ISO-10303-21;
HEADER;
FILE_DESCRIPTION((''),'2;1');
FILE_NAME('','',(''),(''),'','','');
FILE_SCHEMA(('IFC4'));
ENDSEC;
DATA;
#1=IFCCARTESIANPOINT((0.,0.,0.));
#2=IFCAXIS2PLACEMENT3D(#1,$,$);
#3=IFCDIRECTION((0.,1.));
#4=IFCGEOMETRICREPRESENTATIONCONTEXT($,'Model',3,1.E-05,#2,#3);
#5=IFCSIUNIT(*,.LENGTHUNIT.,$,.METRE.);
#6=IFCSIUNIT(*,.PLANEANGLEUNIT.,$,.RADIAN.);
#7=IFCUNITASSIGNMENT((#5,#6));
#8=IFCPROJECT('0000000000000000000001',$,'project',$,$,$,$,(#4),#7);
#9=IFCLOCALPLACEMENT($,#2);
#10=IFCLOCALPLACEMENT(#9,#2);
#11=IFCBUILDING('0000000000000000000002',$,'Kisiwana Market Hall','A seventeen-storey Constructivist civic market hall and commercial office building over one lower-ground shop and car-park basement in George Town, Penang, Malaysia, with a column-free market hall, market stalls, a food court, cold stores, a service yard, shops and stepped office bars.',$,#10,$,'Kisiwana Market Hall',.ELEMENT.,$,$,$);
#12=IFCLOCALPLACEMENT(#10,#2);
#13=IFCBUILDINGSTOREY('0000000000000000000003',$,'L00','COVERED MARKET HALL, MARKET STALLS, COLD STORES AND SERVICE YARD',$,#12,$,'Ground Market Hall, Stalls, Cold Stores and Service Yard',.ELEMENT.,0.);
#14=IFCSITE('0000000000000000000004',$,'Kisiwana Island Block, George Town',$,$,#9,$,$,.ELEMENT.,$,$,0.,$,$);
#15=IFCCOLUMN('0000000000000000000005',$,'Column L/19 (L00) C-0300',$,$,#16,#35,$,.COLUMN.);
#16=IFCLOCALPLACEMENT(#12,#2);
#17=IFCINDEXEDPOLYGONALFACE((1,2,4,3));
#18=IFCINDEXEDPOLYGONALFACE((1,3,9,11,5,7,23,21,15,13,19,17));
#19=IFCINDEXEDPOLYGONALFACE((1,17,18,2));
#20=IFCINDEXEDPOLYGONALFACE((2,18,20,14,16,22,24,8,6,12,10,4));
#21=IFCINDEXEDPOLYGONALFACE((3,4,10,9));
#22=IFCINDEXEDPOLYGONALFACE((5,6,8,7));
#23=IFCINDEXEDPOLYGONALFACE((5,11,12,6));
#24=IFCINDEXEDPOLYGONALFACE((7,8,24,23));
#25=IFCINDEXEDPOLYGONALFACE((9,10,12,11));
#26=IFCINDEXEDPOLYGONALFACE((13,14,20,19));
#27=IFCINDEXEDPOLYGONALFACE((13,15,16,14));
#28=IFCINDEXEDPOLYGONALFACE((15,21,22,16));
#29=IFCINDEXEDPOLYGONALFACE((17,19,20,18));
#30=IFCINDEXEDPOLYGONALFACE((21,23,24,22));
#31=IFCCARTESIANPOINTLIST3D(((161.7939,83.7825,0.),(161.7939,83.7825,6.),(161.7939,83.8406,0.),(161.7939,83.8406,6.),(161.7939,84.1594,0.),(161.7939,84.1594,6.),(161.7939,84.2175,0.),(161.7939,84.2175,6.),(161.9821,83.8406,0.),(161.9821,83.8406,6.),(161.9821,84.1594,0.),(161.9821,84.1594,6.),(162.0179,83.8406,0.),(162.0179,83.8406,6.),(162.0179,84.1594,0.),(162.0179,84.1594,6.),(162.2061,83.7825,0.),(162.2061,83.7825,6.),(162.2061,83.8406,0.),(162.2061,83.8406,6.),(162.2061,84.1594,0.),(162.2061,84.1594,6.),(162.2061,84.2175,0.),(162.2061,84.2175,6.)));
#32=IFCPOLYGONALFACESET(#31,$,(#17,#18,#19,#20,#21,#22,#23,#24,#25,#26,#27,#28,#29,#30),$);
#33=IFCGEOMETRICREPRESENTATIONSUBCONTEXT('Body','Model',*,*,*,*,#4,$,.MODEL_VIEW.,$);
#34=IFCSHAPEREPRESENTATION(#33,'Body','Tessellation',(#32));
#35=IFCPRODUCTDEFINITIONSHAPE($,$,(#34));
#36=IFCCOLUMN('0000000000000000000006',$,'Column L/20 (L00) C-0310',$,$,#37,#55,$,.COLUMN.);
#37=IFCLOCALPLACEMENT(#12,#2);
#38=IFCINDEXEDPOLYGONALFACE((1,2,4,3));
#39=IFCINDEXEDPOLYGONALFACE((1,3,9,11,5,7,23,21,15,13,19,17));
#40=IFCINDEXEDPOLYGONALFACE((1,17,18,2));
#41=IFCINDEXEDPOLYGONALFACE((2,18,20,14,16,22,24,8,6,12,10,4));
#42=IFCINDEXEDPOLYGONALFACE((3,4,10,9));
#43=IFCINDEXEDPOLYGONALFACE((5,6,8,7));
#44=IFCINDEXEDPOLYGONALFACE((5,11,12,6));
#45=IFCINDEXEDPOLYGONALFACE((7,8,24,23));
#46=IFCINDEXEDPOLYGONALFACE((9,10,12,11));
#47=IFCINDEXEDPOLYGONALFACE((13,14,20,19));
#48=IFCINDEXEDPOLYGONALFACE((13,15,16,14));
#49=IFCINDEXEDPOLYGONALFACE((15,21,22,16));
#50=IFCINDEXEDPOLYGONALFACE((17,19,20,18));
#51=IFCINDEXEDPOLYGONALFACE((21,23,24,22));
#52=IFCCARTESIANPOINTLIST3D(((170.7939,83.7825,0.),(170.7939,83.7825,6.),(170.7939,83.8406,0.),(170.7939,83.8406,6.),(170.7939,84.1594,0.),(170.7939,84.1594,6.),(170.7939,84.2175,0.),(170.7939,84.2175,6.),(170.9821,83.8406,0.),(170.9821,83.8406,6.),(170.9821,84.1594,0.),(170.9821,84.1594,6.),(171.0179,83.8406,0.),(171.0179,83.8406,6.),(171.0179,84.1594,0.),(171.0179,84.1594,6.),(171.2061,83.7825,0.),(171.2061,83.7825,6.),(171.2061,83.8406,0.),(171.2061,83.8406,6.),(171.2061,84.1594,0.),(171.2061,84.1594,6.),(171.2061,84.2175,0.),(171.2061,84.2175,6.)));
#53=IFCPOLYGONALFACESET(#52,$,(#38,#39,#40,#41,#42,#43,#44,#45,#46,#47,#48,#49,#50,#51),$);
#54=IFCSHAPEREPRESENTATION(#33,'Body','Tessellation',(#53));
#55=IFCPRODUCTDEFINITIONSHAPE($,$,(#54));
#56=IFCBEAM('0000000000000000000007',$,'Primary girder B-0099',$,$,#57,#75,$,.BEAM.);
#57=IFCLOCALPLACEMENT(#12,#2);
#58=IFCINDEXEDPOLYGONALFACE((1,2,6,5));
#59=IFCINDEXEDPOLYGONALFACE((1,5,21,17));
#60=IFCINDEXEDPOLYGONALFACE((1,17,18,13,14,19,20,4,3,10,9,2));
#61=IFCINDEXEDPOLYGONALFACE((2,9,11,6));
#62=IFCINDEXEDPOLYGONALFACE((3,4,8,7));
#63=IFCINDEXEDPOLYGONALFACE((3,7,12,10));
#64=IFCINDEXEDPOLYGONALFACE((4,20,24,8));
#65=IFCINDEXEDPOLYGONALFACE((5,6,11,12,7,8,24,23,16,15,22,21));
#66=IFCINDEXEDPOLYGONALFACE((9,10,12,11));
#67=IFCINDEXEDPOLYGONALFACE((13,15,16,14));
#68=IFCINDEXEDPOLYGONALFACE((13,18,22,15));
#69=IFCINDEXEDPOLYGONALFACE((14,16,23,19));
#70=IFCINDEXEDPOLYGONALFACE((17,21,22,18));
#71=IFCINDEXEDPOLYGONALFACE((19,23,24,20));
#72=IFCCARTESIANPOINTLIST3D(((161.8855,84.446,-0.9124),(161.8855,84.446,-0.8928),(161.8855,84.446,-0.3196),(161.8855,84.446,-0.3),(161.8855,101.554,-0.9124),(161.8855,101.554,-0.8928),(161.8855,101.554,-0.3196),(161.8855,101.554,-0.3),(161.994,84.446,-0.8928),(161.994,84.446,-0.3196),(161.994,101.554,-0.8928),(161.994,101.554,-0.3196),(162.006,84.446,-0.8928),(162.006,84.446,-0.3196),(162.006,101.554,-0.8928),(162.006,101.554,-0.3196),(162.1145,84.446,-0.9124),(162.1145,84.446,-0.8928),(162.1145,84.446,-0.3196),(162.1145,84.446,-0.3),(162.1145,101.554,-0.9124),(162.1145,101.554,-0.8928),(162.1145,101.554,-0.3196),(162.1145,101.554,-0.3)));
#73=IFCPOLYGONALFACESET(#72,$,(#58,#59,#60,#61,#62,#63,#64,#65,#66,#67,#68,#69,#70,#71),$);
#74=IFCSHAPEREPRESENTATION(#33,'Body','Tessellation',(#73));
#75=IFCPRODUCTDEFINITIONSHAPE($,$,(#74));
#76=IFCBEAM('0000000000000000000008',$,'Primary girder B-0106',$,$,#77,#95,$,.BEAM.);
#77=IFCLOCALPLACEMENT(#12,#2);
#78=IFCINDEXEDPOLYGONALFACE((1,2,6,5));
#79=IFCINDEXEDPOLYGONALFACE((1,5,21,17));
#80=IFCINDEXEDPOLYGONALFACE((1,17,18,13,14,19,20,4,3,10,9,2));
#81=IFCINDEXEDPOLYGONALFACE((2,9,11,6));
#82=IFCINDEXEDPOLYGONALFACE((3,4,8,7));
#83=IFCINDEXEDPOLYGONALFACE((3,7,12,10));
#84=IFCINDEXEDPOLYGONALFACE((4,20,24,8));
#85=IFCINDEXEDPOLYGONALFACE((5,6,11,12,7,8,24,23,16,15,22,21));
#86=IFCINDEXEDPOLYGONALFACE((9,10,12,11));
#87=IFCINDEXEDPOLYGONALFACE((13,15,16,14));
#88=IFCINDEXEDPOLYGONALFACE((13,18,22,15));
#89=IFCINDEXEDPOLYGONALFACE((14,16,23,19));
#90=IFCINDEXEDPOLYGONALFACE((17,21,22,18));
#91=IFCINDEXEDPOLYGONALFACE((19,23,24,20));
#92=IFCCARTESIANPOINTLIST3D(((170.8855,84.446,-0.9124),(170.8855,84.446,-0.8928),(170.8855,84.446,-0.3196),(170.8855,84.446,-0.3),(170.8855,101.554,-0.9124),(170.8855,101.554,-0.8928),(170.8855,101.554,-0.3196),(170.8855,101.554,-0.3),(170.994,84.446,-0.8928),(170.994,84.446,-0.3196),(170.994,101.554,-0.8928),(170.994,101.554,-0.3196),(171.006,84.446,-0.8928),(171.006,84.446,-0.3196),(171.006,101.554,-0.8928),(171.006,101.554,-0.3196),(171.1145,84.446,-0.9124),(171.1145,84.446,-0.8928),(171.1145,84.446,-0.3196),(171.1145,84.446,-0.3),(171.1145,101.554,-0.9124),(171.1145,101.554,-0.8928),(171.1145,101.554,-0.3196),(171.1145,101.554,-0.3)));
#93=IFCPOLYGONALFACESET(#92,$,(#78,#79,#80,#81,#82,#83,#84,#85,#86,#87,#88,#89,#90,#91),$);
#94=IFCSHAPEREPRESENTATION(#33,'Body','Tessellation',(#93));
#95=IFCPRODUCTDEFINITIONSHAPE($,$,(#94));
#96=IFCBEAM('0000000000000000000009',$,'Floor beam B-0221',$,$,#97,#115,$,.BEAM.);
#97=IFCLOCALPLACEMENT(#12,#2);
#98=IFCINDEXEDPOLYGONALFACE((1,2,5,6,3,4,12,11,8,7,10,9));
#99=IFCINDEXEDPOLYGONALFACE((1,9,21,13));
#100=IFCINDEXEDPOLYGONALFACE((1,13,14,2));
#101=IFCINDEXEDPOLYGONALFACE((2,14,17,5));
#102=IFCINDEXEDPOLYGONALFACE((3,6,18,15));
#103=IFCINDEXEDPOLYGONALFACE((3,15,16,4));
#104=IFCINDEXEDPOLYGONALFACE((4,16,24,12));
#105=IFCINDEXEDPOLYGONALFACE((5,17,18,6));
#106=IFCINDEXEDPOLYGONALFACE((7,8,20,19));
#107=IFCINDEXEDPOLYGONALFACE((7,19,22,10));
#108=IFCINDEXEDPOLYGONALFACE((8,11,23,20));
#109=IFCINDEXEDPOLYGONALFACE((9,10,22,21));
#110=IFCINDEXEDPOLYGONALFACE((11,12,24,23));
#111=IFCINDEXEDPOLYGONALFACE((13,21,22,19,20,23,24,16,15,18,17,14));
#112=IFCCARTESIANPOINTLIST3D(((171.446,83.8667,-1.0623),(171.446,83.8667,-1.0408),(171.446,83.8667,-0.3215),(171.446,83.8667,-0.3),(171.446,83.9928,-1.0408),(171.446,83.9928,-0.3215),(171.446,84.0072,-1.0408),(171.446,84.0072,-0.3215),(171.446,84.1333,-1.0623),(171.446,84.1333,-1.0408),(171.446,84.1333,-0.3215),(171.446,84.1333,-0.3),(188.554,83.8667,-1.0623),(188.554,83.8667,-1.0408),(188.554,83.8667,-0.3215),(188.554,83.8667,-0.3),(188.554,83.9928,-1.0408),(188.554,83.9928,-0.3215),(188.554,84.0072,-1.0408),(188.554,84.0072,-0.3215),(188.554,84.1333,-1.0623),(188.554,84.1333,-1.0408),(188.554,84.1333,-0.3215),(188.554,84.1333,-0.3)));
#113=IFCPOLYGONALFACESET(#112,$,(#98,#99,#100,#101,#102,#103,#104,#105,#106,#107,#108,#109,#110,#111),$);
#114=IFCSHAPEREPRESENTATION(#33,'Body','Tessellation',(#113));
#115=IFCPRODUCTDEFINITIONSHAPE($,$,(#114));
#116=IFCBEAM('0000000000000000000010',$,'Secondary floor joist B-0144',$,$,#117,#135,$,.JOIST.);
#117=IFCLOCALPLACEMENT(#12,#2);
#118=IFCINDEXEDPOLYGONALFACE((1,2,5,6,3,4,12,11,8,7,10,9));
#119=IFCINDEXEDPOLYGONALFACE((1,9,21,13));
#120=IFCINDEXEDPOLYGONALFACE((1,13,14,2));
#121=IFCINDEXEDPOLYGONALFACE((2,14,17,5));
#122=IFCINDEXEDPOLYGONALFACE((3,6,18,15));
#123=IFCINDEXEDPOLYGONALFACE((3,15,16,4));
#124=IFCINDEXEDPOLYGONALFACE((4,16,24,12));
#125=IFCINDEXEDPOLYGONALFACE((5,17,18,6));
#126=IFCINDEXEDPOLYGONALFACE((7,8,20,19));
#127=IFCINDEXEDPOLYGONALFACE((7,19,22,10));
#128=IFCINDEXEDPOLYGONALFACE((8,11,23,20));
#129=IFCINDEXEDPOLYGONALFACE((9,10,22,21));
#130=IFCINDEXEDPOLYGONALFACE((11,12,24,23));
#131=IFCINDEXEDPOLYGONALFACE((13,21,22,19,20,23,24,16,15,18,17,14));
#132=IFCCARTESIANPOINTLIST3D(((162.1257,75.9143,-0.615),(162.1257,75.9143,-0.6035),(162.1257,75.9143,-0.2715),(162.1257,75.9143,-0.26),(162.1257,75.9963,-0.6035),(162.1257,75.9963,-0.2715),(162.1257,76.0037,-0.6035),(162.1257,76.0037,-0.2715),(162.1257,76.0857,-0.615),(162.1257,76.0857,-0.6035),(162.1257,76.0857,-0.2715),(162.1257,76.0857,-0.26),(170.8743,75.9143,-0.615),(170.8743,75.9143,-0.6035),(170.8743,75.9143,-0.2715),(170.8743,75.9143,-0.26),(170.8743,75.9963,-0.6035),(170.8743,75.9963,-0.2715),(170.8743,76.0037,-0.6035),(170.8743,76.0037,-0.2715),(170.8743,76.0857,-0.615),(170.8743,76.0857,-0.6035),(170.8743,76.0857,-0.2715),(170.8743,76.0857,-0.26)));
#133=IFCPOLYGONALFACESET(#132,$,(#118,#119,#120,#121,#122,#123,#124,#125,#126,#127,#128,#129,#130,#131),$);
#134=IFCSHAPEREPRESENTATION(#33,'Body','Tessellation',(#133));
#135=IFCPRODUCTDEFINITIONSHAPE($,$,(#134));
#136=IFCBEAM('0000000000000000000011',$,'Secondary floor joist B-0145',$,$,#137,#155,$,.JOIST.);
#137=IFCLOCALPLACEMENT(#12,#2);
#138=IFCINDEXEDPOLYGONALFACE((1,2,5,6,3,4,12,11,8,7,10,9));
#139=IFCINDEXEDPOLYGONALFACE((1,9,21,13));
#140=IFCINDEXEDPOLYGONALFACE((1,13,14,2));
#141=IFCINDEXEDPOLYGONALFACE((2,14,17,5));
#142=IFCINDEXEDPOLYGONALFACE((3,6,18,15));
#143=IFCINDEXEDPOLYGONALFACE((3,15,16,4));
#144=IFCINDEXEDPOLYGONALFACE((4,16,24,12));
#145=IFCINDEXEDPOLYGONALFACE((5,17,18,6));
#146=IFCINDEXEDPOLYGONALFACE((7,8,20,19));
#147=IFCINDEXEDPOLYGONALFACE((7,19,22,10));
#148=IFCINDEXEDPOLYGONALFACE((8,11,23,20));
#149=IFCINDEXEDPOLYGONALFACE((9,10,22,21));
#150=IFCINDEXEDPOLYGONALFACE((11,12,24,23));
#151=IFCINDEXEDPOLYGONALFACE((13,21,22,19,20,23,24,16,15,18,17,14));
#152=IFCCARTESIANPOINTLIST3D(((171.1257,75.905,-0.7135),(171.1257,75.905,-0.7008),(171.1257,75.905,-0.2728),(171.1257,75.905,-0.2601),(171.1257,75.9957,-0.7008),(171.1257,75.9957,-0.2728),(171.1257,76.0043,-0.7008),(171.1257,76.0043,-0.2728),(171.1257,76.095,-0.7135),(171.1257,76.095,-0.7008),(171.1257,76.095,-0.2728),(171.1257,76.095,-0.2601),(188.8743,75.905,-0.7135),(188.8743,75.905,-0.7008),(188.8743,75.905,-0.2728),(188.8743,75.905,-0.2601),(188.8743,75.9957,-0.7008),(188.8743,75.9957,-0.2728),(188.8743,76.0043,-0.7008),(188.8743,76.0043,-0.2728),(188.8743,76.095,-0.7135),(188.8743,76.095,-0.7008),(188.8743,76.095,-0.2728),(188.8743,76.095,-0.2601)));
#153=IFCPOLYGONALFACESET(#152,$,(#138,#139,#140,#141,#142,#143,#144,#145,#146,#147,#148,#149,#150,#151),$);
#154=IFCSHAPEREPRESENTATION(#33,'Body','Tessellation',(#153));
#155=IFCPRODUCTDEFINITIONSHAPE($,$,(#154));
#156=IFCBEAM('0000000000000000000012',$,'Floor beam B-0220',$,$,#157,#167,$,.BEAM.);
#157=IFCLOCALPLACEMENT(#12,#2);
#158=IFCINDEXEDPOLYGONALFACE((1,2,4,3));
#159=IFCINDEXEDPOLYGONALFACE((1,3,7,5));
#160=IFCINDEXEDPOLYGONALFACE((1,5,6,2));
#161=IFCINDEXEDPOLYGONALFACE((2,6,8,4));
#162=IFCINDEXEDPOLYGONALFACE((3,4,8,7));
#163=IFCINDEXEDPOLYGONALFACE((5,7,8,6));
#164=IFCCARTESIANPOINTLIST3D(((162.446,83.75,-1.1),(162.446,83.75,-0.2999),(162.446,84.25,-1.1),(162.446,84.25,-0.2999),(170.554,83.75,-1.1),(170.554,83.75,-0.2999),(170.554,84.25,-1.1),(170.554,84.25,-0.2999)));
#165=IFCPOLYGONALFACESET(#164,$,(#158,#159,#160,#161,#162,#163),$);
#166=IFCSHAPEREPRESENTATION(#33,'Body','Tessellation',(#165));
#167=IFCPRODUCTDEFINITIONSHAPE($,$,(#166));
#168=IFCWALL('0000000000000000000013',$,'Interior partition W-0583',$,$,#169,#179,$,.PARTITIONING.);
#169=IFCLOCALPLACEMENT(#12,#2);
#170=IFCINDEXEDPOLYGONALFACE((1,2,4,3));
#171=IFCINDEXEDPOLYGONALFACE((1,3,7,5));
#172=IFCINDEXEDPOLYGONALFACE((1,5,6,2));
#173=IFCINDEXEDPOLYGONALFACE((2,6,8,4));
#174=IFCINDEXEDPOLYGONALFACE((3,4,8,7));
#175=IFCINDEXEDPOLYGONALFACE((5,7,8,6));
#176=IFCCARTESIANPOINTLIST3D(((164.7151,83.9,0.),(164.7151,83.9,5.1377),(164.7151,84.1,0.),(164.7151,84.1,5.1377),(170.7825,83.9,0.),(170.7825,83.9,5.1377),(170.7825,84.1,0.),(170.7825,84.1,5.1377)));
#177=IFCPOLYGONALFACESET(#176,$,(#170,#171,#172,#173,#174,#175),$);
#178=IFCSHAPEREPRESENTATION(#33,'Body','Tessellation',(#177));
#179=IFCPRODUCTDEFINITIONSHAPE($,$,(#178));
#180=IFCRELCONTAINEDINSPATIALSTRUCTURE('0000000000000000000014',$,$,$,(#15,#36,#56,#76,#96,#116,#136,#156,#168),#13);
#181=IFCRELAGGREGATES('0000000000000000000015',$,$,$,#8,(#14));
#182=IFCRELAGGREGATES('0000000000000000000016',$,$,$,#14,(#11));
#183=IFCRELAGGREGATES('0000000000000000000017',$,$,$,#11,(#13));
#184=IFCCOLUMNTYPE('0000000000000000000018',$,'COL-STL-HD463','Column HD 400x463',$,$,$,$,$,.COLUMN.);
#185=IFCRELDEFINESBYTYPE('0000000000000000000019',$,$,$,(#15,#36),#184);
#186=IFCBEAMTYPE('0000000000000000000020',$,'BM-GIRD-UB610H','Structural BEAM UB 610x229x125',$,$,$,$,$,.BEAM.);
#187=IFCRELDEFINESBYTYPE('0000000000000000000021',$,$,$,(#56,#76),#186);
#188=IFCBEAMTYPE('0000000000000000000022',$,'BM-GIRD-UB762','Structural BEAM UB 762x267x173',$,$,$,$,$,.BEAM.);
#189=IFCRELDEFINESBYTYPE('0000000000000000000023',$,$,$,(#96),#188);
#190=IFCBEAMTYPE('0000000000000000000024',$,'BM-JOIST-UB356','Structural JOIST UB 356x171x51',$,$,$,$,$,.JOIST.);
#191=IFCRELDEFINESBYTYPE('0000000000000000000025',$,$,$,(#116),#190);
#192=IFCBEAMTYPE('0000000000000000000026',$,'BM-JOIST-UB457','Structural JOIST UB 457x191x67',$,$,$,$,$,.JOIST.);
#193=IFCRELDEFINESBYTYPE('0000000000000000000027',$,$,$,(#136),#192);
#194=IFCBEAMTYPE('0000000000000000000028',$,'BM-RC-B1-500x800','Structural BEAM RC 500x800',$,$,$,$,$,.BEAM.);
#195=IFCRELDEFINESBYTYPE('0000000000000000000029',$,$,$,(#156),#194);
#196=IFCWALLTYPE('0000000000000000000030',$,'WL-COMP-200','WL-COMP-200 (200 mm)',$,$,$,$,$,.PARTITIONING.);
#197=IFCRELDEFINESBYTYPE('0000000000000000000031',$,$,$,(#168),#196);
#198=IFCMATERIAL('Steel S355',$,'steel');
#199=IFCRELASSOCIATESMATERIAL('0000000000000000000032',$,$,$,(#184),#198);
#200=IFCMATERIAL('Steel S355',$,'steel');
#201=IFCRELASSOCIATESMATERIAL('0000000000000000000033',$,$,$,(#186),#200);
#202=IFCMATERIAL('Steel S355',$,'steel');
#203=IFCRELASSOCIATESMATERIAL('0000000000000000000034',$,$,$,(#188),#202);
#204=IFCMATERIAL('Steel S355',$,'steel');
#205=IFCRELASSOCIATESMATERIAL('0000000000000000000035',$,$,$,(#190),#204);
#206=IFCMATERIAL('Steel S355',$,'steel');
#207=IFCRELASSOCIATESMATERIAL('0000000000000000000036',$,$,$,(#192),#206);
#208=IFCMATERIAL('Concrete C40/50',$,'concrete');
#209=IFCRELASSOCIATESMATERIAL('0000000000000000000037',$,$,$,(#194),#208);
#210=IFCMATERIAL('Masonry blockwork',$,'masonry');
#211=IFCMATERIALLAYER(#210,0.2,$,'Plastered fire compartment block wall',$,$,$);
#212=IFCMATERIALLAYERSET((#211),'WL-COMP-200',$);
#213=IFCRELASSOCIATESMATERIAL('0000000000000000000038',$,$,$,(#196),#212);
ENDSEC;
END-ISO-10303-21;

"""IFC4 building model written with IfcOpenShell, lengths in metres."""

from ifc_helpers import new_model, si_unit, direction, frame, frame_2d, origin, origin_2d, place, context, subcontext, project, spatial, rectangle, i_section, extrude, material, layer, layer_set, material_profile, profile_set, type_object, element, save


model = new_model("IFC4")

# Units and contexts
model_context = context("Model", 3, precision=1e-05, world=origin(), true_north=direction((0.0, 1.0)))
body_context = subcontext(model_context, "Body", "Model", "MODEL_VIEW")
ifc_project = project(units=[si_unit("LENGTHUNIT", "METRE"), si_unit("PLANEANGLEUNIT", "RADIAN")], contexts=[model_context])

# Site, building, storey
site_placement = place(None, origin())
site = spatial("IfcSite", under=ifc_project, at=site_placement, Name="Kisiwana Island Block, George Town", CompositionType="ELEMENT", RefElevation=0.0)
building_placement = place(site_placement, origin())
building = spatial("IfcBuilding", under=site, at=building_placement, Name="Kisiwana Market Hall", Description="A seventeen-storey Constructivist civic market hall and commercial office building over one lower-ground shop and car-park basement in George Town, Penang, Malaysia, with a column-free market hall, market stalls, a food court, cold stores, a service yard, shops and stepped office bars.", LongName="Kisiwana Market Hall", CompositionType="ELEMENT")
storey_placement = place(building_placement, origin())
storey = spatial("IfcBuildingStorey", under=building, at=storey_placement, Name="L00", Description="COVERED MARKET HALL, MARKET STALLS, COLD STORES AND SERVICE YARD", LongName="Ground Market Hall, Stalls, Cold Stores and Service Yard", CompositionType="ELEMENT", Elevation=0.0)

# Columns
ifc_material_1 = material(Name="Steel S355", Category="steel")
ifc_material_profile_1 = material_profile(ifc_material_1, i_section(OverallWidth=0.4121, OverallDepth=0.4351, WebThickness=0.0359, FlangeThickness=0.0581, at=origin_2d()), Name="HD 400x463")
ifc_profile_set_1 = profile_set([ifc_material_profile_1], Name="Steel S355")
column_type = type_object("IfcColumnType", Name="COL-STL-HD463", Description="Column HD 400x463", PredefinedType="COLUMN", material=ifc_profile_set_1)
for number, where, z_axis, x_axis, name in (
    (1, (162.0, 84.0, 0.0), (0.0, 0.0, 1.0), (1.0, 0.0, 0.0), "Column L/19 (L00) C-0300"),
    (2, (171.0, 84.0, 0.0), (0.0, 0.0, 1.0), (1.0, 0.0, 0.0), "Column L/20 (L00) C-0310"),
):
    element("IfcColumn", number, at=place(storey_placement, frame(where, z_axis=z_axis, x_axis=x_axis)), inside=storey, type_object=column_type, Name=name, PredefinedType="COLUMN", context=body_context, shape_type="SweptSolid", body=[
        extrude(i_section(OverallWidth=0.4121, OverallDepth=0.4351, WebThickness=0.0359, FlangeThickness=0.0581, at=origin_2d()), origin(), (0.0, 0.0, 1.0), 6.0),
    ])

# Beams
ifc_material_2 = material(Name="Steel S355", Category="steel")
ifc_material_profile_2 = material_profile(ifc_material_2, i_section(OverallWidth=0.229, OverallDepth=0.6123, WebThickness=0.012, FlangeThickness=0.0195, at=origin_2d()), Name="UB 610x229x125")
ifc_profile_set_2 = profile_set([ifc_material_profile_2], Name="Steel S355")
beam_type_1 = type_object("IfcBeamType", Name="BM-GIRD-UB610H", Description="Structural BEAM UB 610x229x125", PredefinedType="BEAM", material=ifc_profile_set_2)
for number, where, z_axis, x_axis, name in (
    (3, (162.0, 84.446, -0.6062), (0.0, 1.0, 0.0), (-1.0, 0.0, 0.0), "Primary girder B-0099"),
    (4, (171.0, 84.446, -0.6062), (0.0, 1.0, 0.0), (-1.0, 0.0, 0.0), "Primary girder B-0106"),
):
    element("IfcBeam", number, at=place(storey_placement, frame(where, z_axis=z_axis, x_axis=x_axis)), inside=storey, type_object=beam_type_1, Name=name, PredefinedType="BEAM", context=body_context, shape_type="SweptSolid", body=[
        extrude(i_section(OverallWidth=0.229, OverallDepth=0.6123, WebThickness=0.012, FlangeThickness=0.0195, at=origin_2d()), origin(), (0.0, 0.0, 1.0), 17.1079),
    ])
ifc_material_3 = material(Name="Steel S355", Category="steel")
ifc_material_profile_3 = material_profile(ifc_material_3, i_section(OverallWidth=0.2666, OverallDepth=0.7622, WebThickness=0.0144, FlangeThickness=0.0215, at=origin_2d()), Name="UB 762x267x173")
ifc_profile_set_3 = profile_set([ifc_material_profile_3], Name="Steel S355")
beam_type_2 = type_object("IfcBeamType", Name="BM-GIRD-UB762", Description="Structural BEAM UB 762x267x173", PredefinedType="BEAM", material=ifc_profile_set_3)
beam_1_placement = place(storey_placement, frame((171.446, 84.0, -0.6812), z_axis=(1.0, 0.0, 0.0), x_axis=(0.0, 1.0, 0.0)))
element("IfcBeam", 5, at=beam_1_placement, inside=storey, type_object=beam_type_2, Name="Floor beam B-0221", PredefinedType="BEAM", context=body_context, shape_type="SweptSolid", body=[
    extrude(i_section(OverallWidth=0.2666, OverallDepth=0.7622, WebThickness=0.0144, FlangeThickness=0.0215, at=origin_2d()), origin(), (0.0, 0.0, 1.0), 17.1079),
])
ifc_material_4 = material(Name="Steel S355", Category="steel")
ifc_material_profile_4 = material_profile(ifc_material_4, i_section(OverallWidth=0.1714, OverallDepth=0.355, WebThickness=0.0073, FlangeThickness=0.0115, at=origin_2d()), Name="UB 356x171x51")
ifc_profile_set_4 = profile_set([ifc_material_profile_4], Name="Steel S355")
beam_type_3 = type_object("IfcBeamType", Name="BM-JOIST-UB356", Description="Structural JOIST UB 356x171x51", PredefinedType="JOIST", material=ifc_profile_set_4)
beam_2_placement = place(storey_placement, frame((162.1257, 76.0, -0.4375), z_axis=(1.0, 0.0, 0.0), x_axis=(0.0, 1.0, 0.0)))
element("IfcBeam", 6, at=beam_2_placement, inside=storey, type_object=beam_type_3, Name="Secondary floor joist B-0144", PredefinedType="JOIST", context=body_context, shape_type="SweptSolid", body=[
    extrude(i_section(OverallWidth=0.1714, OverallDepth=0.355, WebThickness=0.0073, FlangeThickness=0.0115, at=origin_2d()), origin(), (0.0, 0.0, 1.0), 8.7485),
])
ifc_material_5 = material(Name="Steel S355", Category="steel")
ifc_material_profile_5 = material_profile(ifc_material_5, i_section(OverallWidth=0.1899, OverallDepth=0.4534, WebThickness=0.0085, FlangeThickness=0.0127, at=origin_2d()), Name="UB 457x191x67")
ifc_profile_set_5 = profile_set([ifc_material_profile_5], Name="Steel S355")
beam_type_4 = type_object("IfcBeamType", Name="BM-JOIST-UB457", Description="Structural JOIST UB 457x191x67", PredefinedType="JOIST", material=ifc_profile_set_5)
beam_3_placement = place(storey_placement, frame((171.1257, 76.0, -0.4868), z_axis=(1.0, 0.0, 0.0), x_axis=(0.0, 1.0, 0.0)))
element("IfcBeam", 7, at=beam_3_placement, inside=storey, type_object=beam_type_4, Name="Secondary floor joist B-0145", PredefinedType="JOIST", context=body_context, shape_type="SweptSolid", body=[
    extrude(i_section(OverallWidth=0.1899, OverallDepth=0.4534, WebThickness=0.0085, FlangeThickness=0.0127, at=origin_2d()), origin(), (0.0, 0.0, 1.0), 17.7485),
])
ifc_material_6 = material(Name="Concrete C40/50", Category="concrete")
ifc_material_profile_6 = material_profile(ifc_material_6, rectangle(XDim=0.5, YDim=0.8, at=origin_2d()), Name="RC 500x800")
ifc_profile_set_6 = profile_set([ifc_material_profile_6], Name="Concrete C40/50")
beam_type_5 = type_object("IfcBeamType", Name="BM-RC-B1-500x800", Description="Structural BEAM RC 500x800", PredefinedType="BEAM", material=ifc_profile_set_6)
beam_4_placement = place(storey_placement, frame((162.446, 84.0, -0.7), z_axis=(1.0, 0.0, 0.0), x_axis=(0.0, 1.0, 0.0)))
element("IfcBeam", 8, at=beam_4_placement, inside=storey, type_object=beam_type_5, Name="Floor beam B-0220", PredefinedType="BEAM", context=body_context, shape_type="SweptSolid", body=[
    extrude(rectangle(XDim=0.5, YDim=0.8, at=origin_2d()), origin(), (0.0, 0.0, 1.0), 8.1079),
])

# Wall
ifc_material_7 = material(Name="Masonry blockwork", Category="masonry")
ifc_layer_1 = layer(ifc_material_7, 0.2, Name="Plastered fire compartment block wall")
ifc_layer_set_1 = layer_set([ifc_layer_1], Name="WL-COMP-200")
wall_type_1 = type_object("IfcWallType", Name="WL-COMP-200", Description="WL-COMP-200 (200 mm)", PredefinedType="PARTITIONING", material=ifc_layer_set_1)
wall_1_placement = place(storey_placement, frame((164.7151, 84.0, 0.0), z_axis=(0.0, 0.0, 1.0), x_axis=(1.0, 0.0, 0.0)))
element("IfcWall", 9, at=wall_1_placement, inside=storey, type_object=wall_type_1, Name="Interior partition W-0583", PredefinedType="PARTITIONING", context=body_context, shape_type="SweptSolid", body=[
    extrude(rectangle(XDim=6.0674, YDim=0.2, at=frame_2d((3.0337, 0.0))), origin(), (0.0, 0.0, 1.0), 5.1377),
])

save(model, "model.ifc")
